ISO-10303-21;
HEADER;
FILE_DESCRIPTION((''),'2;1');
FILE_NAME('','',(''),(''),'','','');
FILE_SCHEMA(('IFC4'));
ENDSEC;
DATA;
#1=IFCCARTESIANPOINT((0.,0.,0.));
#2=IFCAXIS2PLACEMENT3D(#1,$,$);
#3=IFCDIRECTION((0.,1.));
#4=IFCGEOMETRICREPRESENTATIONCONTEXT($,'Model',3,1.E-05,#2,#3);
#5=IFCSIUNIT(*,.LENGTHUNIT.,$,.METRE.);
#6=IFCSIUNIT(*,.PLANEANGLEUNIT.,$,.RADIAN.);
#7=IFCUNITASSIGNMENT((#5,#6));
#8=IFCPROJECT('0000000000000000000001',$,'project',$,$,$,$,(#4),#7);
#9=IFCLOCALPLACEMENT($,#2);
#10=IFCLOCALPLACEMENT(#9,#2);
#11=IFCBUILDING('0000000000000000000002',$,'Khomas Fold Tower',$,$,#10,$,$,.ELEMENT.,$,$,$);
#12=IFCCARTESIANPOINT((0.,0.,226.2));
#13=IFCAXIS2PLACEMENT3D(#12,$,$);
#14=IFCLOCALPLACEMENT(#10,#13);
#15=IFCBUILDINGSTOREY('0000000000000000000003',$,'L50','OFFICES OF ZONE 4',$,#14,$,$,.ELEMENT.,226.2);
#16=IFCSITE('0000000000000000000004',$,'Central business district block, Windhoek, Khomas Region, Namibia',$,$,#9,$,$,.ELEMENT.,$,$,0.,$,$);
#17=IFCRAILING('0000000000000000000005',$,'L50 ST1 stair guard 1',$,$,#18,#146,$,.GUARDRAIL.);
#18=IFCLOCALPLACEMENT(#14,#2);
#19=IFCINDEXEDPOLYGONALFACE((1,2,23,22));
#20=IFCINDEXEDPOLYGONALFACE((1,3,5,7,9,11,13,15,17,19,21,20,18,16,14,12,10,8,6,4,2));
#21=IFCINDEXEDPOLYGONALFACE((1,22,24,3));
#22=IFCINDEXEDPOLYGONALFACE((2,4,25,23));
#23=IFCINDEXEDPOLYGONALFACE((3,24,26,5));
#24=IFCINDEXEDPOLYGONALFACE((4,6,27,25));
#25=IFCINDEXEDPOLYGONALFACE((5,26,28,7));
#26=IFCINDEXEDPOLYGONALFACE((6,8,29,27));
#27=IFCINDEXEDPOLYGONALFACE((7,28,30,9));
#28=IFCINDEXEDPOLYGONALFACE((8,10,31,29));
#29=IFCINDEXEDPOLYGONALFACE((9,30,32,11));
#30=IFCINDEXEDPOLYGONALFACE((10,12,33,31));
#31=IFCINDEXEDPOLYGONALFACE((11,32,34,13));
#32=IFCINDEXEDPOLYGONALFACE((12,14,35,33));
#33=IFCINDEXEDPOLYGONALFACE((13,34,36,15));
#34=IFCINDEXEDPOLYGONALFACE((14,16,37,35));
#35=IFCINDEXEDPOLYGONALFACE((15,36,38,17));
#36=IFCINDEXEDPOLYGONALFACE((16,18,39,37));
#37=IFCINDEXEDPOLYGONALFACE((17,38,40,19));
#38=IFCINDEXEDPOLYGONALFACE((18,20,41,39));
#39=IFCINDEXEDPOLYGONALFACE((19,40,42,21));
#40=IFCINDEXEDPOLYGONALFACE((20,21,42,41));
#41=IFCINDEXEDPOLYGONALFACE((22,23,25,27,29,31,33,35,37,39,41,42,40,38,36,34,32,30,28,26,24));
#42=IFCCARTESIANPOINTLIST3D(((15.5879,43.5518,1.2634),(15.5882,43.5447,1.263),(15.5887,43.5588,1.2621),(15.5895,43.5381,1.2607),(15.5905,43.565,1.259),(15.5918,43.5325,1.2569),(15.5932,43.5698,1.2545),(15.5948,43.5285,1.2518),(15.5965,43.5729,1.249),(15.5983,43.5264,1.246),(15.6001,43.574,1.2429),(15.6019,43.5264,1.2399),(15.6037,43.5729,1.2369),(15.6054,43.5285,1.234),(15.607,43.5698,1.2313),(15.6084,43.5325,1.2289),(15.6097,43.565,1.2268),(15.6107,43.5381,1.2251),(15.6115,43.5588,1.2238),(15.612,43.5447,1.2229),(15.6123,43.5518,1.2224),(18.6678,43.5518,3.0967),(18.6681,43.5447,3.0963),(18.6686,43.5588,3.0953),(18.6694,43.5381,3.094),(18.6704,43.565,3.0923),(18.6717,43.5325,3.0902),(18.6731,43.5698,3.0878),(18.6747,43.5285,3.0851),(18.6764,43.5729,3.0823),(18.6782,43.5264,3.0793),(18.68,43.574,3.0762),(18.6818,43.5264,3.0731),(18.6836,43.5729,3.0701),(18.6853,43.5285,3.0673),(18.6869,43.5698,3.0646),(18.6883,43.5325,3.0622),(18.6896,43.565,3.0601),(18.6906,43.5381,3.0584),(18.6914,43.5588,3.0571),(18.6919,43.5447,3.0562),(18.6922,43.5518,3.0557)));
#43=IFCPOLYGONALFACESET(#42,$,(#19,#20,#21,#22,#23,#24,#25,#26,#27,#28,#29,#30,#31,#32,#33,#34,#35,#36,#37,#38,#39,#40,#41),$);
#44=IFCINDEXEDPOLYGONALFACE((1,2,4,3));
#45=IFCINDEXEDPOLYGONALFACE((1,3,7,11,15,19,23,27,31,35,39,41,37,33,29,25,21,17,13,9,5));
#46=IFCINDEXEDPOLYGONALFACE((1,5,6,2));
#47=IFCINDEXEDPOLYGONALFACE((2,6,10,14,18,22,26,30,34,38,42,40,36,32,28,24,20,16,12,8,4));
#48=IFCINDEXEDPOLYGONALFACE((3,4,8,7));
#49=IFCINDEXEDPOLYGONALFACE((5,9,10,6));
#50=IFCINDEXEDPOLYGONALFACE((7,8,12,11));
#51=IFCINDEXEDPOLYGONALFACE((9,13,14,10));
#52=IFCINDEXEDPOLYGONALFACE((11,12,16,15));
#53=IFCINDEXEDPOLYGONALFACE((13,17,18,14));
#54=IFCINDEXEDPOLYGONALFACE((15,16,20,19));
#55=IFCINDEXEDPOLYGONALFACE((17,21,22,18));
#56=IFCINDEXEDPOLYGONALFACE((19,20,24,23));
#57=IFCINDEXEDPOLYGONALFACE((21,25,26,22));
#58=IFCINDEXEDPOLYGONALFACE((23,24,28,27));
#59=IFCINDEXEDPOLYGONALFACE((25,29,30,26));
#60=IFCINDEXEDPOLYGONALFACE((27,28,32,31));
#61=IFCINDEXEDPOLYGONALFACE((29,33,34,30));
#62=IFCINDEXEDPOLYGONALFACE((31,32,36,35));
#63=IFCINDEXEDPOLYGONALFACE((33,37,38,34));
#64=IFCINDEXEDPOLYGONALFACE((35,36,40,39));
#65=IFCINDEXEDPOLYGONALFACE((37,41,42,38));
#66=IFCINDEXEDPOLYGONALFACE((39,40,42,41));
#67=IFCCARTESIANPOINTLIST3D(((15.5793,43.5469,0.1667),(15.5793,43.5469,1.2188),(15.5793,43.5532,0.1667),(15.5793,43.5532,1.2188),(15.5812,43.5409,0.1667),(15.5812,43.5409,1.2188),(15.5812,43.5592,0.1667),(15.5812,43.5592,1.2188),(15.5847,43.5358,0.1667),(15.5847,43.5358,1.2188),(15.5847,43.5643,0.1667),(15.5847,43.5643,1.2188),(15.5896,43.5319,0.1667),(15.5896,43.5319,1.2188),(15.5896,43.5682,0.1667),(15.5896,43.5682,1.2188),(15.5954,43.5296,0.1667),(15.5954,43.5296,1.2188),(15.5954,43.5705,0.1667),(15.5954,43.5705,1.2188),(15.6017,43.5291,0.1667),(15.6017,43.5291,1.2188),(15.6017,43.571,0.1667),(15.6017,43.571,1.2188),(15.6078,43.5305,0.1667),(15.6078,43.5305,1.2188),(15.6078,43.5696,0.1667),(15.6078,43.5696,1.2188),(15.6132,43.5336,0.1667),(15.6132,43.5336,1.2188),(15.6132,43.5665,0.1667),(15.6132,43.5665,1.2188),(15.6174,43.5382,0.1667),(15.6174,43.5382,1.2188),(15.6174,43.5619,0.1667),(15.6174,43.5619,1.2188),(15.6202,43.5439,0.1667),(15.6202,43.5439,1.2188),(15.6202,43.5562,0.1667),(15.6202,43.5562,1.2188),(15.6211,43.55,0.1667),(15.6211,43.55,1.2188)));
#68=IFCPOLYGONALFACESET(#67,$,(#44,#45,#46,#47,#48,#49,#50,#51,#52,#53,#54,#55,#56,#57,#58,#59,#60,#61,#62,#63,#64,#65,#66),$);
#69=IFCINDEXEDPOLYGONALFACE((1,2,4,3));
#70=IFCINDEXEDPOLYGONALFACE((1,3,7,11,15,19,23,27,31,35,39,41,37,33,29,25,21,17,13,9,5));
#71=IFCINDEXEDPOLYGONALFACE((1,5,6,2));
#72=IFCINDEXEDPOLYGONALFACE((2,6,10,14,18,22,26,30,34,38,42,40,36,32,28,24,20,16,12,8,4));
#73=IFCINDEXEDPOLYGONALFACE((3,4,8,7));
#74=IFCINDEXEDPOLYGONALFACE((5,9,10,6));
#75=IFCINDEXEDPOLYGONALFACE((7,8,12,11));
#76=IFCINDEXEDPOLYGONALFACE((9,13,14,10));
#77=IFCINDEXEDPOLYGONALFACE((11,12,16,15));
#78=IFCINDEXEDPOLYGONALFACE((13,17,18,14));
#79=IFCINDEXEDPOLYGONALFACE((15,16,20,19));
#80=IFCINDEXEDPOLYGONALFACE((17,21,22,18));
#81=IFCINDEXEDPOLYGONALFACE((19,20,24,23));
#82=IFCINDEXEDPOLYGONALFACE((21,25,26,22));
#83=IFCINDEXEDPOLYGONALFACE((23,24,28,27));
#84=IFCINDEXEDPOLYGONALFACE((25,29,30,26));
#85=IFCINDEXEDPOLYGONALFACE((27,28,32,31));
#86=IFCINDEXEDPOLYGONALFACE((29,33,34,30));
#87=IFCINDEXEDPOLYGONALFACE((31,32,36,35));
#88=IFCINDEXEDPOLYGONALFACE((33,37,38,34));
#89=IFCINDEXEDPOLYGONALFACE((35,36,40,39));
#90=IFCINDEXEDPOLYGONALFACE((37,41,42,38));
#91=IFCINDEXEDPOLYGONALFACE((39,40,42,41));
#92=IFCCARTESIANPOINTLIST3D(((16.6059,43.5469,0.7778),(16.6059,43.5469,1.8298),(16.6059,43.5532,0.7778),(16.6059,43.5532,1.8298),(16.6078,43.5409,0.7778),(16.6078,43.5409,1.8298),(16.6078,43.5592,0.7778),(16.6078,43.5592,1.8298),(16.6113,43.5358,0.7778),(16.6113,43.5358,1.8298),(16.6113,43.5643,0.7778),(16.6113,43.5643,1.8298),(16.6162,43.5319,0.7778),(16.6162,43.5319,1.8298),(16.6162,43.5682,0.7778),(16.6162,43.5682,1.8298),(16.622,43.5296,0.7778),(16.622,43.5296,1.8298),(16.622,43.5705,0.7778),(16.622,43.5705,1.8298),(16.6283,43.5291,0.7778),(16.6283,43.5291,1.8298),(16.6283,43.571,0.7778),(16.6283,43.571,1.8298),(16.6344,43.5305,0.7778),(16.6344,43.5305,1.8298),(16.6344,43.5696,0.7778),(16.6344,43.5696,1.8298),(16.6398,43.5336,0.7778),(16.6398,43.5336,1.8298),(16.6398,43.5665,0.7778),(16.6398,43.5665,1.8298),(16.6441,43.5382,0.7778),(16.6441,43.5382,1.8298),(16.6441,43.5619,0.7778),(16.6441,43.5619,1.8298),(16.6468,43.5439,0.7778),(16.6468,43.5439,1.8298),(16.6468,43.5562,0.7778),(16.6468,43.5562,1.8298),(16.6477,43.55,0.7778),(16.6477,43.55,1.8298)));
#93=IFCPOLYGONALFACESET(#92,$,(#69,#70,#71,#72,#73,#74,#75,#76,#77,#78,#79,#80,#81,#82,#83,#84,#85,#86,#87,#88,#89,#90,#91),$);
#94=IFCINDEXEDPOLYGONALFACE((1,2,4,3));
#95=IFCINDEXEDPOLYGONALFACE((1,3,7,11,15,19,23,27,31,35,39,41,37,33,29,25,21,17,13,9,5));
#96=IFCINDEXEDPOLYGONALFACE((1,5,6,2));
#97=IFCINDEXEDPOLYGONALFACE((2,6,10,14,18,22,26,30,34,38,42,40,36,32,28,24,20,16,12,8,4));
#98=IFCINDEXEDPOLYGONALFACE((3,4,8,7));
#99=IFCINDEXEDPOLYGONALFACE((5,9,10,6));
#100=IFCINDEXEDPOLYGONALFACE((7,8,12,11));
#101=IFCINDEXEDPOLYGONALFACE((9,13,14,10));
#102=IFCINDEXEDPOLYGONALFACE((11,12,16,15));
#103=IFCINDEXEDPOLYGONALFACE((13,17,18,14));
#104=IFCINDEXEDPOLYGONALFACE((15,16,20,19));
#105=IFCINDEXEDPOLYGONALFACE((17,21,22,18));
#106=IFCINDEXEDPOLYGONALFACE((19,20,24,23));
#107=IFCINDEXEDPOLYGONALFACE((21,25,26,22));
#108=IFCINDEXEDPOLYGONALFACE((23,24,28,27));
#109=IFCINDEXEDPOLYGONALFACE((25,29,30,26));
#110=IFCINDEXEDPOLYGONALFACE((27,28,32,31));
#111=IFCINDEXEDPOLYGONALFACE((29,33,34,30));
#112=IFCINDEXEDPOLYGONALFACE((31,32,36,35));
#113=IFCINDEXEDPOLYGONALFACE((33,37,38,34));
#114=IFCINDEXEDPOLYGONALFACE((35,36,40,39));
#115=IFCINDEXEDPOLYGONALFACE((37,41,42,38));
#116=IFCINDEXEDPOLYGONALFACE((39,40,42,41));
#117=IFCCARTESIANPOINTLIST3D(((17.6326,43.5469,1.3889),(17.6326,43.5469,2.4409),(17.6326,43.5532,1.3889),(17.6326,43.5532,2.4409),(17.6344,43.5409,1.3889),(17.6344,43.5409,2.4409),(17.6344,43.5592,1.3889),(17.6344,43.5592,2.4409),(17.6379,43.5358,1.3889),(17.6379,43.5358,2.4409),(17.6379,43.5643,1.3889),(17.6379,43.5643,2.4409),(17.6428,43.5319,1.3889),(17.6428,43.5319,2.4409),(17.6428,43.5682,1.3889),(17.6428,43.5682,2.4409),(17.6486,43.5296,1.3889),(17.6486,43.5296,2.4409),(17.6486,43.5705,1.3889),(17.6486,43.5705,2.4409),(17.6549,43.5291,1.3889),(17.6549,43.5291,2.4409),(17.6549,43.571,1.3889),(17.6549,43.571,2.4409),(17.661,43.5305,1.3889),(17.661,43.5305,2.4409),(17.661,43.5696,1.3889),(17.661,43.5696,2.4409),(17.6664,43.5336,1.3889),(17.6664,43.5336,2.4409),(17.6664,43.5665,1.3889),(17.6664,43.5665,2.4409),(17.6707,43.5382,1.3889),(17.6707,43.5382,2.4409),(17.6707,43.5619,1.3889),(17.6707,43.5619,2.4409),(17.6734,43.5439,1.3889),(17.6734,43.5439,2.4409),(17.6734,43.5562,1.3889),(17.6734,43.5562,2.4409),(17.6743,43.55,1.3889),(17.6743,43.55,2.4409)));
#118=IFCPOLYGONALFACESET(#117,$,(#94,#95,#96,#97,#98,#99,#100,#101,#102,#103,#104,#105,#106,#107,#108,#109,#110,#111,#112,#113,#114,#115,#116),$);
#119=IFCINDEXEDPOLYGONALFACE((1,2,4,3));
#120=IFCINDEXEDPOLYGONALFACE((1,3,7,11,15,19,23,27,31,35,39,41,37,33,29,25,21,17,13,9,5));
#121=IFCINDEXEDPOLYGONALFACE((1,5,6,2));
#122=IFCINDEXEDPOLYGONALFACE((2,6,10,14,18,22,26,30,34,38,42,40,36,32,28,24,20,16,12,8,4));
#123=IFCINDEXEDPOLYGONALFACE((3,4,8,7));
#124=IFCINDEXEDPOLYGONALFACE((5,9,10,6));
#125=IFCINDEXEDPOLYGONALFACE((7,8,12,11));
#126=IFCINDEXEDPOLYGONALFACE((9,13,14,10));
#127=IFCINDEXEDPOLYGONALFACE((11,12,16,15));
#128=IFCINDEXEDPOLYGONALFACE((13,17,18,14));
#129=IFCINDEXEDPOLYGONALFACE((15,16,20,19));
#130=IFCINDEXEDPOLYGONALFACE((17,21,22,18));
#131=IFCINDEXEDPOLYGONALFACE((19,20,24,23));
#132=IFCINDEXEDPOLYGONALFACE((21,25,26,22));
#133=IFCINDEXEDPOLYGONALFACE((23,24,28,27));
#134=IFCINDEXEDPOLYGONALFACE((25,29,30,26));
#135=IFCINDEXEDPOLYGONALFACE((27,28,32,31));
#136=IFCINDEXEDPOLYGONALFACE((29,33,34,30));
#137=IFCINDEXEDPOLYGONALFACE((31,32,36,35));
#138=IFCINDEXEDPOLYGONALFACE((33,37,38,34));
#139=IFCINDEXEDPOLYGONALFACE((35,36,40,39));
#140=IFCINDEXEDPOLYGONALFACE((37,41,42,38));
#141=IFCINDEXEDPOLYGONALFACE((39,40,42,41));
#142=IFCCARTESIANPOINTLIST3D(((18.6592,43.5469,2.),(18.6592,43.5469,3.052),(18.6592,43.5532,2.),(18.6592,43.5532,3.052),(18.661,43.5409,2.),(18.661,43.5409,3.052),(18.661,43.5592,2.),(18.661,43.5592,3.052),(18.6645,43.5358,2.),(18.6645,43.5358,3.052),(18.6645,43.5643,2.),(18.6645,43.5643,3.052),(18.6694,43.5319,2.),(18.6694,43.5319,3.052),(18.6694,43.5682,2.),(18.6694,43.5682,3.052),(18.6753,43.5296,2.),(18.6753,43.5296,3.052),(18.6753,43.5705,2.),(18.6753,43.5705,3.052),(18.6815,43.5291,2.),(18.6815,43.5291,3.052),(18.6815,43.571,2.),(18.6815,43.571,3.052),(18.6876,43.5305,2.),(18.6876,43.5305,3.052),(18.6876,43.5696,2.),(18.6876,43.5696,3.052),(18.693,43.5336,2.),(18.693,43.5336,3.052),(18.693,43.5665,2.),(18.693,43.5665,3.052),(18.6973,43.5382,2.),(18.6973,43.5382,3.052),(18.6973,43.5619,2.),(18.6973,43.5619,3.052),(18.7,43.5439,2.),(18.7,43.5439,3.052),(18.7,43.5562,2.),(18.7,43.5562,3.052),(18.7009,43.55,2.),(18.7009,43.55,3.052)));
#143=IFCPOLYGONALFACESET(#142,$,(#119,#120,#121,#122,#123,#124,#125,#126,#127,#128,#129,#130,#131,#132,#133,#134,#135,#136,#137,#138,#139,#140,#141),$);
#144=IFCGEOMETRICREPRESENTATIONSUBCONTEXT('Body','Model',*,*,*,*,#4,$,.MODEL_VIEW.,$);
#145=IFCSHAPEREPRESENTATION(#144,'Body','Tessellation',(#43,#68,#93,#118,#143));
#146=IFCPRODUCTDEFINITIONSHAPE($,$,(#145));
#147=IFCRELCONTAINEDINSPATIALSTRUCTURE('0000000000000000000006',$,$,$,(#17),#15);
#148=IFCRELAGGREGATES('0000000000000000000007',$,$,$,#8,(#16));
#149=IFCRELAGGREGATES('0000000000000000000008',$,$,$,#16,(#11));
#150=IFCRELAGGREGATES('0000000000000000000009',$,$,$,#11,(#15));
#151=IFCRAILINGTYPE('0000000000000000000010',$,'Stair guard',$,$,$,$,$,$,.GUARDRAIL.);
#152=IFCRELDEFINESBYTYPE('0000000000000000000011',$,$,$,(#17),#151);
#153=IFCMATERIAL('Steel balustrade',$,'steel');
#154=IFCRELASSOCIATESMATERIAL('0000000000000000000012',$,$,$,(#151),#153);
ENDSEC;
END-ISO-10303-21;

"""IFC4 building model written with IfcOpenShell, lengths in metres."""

from ifc_helpers import new_model, si_unit, direction, frame, origin, origin_2d, place, context, subcontext, project, spatial, circle, extrude, source, transform, mapped, material, type_object, element, save


model = new_model("IFC4")

# Units and contexts
model_context = context("Model", 3, precision=1e-05, world=origin(), true_north=direction((0.0, 1.0)))
body_context = subcontext(model_context, "Body", "Model", "MODEL_VIEW")
ifc_project = project(units=[si_unit("LENGTHUNIT", "METRE"), si_unit("PLANEANGLEUNIT", "RADIAN")], contexts=[model_context])

# Site, building, storey
site_placement = place(None, origin())
site = spatial("IfcSite", under=ifc_project, at=site_placement, Name="Central business district block, Windhoek, Khomas Region, Namibia", CompositionType="ELEMENT", RefElevation=0.0)
building_placement = place(site_placement, origin())
building = spatial("IfcBuilding", under=site, at=building_placement, Name="Khomas Fold Tower", CompositionType="ELEMENT")
storey_placement = place(building_placement, frame((0.0, 0.0, 226.2)))
storey = spatial("IfcBuildingStorey", under=building, at=storey_placement, Name="L50", Description="OFFICES OF ZONE 4", CompositionType="ELEMENT", Elevation=226.2)

# Railing
ifc_material_1 = material(Name="Steel balustrade", Category="steel")
railing_type_1 = type_object("IfcRailingType", Name="Stair guard", PredefinedType="GUARDRAIL", material=ifc_material_1)
shared_shape_1 = source(origin(), body_context, "Body", "SweptSolid", [
    extrude(circle(Radius=0.0239, at=origin_2d()), frame((0.0, 0.0, 1.0762), z_axis=(0.859291, 0.0, 0.511487), x_axis=(0.0, 1.0, 0.0)), (0.0, 0.0, 1.0), 3.5842),
    extrude(circle(Radius=0.021, at=origin_2d()), origin(), (0.0, 0.0, 1.0), 1.052),
    extrude(circle(Radius=0.021, at=origin_2d()), frame((1.0266, 0.0, 0.6111)), (0.0, 0.0, 1.0), 1.052),
    extrude(circle(Radius=0.021, at=origin_2d()), frame((2.0532, 0.0, 1.2222)), (0.0, 0.0, 1.0), 1.052),
    extrude(circle(Radius=0.021, at=origin_2d()), frame((3.0798, 0.0, 1.8333)), (0.0, 0.0, 1.0), 1.052),
])
railing_1_placement = place(storey_placement, frame((15.6001, 43.55, 0.1667)))
element("IfcRailing", 1, at=railing_1_placement, inside=storey, type_object=railing_type_1, Name="L50 ST1 stair guard 1", PredefinedType="GUARDRAIL", context=body_context, shape_type="MappedRepresentation", body=[
    mapped(shared_shape_1, transform((0.0, 0.0, 0.0))),
])

save(model, "model.ifc")
